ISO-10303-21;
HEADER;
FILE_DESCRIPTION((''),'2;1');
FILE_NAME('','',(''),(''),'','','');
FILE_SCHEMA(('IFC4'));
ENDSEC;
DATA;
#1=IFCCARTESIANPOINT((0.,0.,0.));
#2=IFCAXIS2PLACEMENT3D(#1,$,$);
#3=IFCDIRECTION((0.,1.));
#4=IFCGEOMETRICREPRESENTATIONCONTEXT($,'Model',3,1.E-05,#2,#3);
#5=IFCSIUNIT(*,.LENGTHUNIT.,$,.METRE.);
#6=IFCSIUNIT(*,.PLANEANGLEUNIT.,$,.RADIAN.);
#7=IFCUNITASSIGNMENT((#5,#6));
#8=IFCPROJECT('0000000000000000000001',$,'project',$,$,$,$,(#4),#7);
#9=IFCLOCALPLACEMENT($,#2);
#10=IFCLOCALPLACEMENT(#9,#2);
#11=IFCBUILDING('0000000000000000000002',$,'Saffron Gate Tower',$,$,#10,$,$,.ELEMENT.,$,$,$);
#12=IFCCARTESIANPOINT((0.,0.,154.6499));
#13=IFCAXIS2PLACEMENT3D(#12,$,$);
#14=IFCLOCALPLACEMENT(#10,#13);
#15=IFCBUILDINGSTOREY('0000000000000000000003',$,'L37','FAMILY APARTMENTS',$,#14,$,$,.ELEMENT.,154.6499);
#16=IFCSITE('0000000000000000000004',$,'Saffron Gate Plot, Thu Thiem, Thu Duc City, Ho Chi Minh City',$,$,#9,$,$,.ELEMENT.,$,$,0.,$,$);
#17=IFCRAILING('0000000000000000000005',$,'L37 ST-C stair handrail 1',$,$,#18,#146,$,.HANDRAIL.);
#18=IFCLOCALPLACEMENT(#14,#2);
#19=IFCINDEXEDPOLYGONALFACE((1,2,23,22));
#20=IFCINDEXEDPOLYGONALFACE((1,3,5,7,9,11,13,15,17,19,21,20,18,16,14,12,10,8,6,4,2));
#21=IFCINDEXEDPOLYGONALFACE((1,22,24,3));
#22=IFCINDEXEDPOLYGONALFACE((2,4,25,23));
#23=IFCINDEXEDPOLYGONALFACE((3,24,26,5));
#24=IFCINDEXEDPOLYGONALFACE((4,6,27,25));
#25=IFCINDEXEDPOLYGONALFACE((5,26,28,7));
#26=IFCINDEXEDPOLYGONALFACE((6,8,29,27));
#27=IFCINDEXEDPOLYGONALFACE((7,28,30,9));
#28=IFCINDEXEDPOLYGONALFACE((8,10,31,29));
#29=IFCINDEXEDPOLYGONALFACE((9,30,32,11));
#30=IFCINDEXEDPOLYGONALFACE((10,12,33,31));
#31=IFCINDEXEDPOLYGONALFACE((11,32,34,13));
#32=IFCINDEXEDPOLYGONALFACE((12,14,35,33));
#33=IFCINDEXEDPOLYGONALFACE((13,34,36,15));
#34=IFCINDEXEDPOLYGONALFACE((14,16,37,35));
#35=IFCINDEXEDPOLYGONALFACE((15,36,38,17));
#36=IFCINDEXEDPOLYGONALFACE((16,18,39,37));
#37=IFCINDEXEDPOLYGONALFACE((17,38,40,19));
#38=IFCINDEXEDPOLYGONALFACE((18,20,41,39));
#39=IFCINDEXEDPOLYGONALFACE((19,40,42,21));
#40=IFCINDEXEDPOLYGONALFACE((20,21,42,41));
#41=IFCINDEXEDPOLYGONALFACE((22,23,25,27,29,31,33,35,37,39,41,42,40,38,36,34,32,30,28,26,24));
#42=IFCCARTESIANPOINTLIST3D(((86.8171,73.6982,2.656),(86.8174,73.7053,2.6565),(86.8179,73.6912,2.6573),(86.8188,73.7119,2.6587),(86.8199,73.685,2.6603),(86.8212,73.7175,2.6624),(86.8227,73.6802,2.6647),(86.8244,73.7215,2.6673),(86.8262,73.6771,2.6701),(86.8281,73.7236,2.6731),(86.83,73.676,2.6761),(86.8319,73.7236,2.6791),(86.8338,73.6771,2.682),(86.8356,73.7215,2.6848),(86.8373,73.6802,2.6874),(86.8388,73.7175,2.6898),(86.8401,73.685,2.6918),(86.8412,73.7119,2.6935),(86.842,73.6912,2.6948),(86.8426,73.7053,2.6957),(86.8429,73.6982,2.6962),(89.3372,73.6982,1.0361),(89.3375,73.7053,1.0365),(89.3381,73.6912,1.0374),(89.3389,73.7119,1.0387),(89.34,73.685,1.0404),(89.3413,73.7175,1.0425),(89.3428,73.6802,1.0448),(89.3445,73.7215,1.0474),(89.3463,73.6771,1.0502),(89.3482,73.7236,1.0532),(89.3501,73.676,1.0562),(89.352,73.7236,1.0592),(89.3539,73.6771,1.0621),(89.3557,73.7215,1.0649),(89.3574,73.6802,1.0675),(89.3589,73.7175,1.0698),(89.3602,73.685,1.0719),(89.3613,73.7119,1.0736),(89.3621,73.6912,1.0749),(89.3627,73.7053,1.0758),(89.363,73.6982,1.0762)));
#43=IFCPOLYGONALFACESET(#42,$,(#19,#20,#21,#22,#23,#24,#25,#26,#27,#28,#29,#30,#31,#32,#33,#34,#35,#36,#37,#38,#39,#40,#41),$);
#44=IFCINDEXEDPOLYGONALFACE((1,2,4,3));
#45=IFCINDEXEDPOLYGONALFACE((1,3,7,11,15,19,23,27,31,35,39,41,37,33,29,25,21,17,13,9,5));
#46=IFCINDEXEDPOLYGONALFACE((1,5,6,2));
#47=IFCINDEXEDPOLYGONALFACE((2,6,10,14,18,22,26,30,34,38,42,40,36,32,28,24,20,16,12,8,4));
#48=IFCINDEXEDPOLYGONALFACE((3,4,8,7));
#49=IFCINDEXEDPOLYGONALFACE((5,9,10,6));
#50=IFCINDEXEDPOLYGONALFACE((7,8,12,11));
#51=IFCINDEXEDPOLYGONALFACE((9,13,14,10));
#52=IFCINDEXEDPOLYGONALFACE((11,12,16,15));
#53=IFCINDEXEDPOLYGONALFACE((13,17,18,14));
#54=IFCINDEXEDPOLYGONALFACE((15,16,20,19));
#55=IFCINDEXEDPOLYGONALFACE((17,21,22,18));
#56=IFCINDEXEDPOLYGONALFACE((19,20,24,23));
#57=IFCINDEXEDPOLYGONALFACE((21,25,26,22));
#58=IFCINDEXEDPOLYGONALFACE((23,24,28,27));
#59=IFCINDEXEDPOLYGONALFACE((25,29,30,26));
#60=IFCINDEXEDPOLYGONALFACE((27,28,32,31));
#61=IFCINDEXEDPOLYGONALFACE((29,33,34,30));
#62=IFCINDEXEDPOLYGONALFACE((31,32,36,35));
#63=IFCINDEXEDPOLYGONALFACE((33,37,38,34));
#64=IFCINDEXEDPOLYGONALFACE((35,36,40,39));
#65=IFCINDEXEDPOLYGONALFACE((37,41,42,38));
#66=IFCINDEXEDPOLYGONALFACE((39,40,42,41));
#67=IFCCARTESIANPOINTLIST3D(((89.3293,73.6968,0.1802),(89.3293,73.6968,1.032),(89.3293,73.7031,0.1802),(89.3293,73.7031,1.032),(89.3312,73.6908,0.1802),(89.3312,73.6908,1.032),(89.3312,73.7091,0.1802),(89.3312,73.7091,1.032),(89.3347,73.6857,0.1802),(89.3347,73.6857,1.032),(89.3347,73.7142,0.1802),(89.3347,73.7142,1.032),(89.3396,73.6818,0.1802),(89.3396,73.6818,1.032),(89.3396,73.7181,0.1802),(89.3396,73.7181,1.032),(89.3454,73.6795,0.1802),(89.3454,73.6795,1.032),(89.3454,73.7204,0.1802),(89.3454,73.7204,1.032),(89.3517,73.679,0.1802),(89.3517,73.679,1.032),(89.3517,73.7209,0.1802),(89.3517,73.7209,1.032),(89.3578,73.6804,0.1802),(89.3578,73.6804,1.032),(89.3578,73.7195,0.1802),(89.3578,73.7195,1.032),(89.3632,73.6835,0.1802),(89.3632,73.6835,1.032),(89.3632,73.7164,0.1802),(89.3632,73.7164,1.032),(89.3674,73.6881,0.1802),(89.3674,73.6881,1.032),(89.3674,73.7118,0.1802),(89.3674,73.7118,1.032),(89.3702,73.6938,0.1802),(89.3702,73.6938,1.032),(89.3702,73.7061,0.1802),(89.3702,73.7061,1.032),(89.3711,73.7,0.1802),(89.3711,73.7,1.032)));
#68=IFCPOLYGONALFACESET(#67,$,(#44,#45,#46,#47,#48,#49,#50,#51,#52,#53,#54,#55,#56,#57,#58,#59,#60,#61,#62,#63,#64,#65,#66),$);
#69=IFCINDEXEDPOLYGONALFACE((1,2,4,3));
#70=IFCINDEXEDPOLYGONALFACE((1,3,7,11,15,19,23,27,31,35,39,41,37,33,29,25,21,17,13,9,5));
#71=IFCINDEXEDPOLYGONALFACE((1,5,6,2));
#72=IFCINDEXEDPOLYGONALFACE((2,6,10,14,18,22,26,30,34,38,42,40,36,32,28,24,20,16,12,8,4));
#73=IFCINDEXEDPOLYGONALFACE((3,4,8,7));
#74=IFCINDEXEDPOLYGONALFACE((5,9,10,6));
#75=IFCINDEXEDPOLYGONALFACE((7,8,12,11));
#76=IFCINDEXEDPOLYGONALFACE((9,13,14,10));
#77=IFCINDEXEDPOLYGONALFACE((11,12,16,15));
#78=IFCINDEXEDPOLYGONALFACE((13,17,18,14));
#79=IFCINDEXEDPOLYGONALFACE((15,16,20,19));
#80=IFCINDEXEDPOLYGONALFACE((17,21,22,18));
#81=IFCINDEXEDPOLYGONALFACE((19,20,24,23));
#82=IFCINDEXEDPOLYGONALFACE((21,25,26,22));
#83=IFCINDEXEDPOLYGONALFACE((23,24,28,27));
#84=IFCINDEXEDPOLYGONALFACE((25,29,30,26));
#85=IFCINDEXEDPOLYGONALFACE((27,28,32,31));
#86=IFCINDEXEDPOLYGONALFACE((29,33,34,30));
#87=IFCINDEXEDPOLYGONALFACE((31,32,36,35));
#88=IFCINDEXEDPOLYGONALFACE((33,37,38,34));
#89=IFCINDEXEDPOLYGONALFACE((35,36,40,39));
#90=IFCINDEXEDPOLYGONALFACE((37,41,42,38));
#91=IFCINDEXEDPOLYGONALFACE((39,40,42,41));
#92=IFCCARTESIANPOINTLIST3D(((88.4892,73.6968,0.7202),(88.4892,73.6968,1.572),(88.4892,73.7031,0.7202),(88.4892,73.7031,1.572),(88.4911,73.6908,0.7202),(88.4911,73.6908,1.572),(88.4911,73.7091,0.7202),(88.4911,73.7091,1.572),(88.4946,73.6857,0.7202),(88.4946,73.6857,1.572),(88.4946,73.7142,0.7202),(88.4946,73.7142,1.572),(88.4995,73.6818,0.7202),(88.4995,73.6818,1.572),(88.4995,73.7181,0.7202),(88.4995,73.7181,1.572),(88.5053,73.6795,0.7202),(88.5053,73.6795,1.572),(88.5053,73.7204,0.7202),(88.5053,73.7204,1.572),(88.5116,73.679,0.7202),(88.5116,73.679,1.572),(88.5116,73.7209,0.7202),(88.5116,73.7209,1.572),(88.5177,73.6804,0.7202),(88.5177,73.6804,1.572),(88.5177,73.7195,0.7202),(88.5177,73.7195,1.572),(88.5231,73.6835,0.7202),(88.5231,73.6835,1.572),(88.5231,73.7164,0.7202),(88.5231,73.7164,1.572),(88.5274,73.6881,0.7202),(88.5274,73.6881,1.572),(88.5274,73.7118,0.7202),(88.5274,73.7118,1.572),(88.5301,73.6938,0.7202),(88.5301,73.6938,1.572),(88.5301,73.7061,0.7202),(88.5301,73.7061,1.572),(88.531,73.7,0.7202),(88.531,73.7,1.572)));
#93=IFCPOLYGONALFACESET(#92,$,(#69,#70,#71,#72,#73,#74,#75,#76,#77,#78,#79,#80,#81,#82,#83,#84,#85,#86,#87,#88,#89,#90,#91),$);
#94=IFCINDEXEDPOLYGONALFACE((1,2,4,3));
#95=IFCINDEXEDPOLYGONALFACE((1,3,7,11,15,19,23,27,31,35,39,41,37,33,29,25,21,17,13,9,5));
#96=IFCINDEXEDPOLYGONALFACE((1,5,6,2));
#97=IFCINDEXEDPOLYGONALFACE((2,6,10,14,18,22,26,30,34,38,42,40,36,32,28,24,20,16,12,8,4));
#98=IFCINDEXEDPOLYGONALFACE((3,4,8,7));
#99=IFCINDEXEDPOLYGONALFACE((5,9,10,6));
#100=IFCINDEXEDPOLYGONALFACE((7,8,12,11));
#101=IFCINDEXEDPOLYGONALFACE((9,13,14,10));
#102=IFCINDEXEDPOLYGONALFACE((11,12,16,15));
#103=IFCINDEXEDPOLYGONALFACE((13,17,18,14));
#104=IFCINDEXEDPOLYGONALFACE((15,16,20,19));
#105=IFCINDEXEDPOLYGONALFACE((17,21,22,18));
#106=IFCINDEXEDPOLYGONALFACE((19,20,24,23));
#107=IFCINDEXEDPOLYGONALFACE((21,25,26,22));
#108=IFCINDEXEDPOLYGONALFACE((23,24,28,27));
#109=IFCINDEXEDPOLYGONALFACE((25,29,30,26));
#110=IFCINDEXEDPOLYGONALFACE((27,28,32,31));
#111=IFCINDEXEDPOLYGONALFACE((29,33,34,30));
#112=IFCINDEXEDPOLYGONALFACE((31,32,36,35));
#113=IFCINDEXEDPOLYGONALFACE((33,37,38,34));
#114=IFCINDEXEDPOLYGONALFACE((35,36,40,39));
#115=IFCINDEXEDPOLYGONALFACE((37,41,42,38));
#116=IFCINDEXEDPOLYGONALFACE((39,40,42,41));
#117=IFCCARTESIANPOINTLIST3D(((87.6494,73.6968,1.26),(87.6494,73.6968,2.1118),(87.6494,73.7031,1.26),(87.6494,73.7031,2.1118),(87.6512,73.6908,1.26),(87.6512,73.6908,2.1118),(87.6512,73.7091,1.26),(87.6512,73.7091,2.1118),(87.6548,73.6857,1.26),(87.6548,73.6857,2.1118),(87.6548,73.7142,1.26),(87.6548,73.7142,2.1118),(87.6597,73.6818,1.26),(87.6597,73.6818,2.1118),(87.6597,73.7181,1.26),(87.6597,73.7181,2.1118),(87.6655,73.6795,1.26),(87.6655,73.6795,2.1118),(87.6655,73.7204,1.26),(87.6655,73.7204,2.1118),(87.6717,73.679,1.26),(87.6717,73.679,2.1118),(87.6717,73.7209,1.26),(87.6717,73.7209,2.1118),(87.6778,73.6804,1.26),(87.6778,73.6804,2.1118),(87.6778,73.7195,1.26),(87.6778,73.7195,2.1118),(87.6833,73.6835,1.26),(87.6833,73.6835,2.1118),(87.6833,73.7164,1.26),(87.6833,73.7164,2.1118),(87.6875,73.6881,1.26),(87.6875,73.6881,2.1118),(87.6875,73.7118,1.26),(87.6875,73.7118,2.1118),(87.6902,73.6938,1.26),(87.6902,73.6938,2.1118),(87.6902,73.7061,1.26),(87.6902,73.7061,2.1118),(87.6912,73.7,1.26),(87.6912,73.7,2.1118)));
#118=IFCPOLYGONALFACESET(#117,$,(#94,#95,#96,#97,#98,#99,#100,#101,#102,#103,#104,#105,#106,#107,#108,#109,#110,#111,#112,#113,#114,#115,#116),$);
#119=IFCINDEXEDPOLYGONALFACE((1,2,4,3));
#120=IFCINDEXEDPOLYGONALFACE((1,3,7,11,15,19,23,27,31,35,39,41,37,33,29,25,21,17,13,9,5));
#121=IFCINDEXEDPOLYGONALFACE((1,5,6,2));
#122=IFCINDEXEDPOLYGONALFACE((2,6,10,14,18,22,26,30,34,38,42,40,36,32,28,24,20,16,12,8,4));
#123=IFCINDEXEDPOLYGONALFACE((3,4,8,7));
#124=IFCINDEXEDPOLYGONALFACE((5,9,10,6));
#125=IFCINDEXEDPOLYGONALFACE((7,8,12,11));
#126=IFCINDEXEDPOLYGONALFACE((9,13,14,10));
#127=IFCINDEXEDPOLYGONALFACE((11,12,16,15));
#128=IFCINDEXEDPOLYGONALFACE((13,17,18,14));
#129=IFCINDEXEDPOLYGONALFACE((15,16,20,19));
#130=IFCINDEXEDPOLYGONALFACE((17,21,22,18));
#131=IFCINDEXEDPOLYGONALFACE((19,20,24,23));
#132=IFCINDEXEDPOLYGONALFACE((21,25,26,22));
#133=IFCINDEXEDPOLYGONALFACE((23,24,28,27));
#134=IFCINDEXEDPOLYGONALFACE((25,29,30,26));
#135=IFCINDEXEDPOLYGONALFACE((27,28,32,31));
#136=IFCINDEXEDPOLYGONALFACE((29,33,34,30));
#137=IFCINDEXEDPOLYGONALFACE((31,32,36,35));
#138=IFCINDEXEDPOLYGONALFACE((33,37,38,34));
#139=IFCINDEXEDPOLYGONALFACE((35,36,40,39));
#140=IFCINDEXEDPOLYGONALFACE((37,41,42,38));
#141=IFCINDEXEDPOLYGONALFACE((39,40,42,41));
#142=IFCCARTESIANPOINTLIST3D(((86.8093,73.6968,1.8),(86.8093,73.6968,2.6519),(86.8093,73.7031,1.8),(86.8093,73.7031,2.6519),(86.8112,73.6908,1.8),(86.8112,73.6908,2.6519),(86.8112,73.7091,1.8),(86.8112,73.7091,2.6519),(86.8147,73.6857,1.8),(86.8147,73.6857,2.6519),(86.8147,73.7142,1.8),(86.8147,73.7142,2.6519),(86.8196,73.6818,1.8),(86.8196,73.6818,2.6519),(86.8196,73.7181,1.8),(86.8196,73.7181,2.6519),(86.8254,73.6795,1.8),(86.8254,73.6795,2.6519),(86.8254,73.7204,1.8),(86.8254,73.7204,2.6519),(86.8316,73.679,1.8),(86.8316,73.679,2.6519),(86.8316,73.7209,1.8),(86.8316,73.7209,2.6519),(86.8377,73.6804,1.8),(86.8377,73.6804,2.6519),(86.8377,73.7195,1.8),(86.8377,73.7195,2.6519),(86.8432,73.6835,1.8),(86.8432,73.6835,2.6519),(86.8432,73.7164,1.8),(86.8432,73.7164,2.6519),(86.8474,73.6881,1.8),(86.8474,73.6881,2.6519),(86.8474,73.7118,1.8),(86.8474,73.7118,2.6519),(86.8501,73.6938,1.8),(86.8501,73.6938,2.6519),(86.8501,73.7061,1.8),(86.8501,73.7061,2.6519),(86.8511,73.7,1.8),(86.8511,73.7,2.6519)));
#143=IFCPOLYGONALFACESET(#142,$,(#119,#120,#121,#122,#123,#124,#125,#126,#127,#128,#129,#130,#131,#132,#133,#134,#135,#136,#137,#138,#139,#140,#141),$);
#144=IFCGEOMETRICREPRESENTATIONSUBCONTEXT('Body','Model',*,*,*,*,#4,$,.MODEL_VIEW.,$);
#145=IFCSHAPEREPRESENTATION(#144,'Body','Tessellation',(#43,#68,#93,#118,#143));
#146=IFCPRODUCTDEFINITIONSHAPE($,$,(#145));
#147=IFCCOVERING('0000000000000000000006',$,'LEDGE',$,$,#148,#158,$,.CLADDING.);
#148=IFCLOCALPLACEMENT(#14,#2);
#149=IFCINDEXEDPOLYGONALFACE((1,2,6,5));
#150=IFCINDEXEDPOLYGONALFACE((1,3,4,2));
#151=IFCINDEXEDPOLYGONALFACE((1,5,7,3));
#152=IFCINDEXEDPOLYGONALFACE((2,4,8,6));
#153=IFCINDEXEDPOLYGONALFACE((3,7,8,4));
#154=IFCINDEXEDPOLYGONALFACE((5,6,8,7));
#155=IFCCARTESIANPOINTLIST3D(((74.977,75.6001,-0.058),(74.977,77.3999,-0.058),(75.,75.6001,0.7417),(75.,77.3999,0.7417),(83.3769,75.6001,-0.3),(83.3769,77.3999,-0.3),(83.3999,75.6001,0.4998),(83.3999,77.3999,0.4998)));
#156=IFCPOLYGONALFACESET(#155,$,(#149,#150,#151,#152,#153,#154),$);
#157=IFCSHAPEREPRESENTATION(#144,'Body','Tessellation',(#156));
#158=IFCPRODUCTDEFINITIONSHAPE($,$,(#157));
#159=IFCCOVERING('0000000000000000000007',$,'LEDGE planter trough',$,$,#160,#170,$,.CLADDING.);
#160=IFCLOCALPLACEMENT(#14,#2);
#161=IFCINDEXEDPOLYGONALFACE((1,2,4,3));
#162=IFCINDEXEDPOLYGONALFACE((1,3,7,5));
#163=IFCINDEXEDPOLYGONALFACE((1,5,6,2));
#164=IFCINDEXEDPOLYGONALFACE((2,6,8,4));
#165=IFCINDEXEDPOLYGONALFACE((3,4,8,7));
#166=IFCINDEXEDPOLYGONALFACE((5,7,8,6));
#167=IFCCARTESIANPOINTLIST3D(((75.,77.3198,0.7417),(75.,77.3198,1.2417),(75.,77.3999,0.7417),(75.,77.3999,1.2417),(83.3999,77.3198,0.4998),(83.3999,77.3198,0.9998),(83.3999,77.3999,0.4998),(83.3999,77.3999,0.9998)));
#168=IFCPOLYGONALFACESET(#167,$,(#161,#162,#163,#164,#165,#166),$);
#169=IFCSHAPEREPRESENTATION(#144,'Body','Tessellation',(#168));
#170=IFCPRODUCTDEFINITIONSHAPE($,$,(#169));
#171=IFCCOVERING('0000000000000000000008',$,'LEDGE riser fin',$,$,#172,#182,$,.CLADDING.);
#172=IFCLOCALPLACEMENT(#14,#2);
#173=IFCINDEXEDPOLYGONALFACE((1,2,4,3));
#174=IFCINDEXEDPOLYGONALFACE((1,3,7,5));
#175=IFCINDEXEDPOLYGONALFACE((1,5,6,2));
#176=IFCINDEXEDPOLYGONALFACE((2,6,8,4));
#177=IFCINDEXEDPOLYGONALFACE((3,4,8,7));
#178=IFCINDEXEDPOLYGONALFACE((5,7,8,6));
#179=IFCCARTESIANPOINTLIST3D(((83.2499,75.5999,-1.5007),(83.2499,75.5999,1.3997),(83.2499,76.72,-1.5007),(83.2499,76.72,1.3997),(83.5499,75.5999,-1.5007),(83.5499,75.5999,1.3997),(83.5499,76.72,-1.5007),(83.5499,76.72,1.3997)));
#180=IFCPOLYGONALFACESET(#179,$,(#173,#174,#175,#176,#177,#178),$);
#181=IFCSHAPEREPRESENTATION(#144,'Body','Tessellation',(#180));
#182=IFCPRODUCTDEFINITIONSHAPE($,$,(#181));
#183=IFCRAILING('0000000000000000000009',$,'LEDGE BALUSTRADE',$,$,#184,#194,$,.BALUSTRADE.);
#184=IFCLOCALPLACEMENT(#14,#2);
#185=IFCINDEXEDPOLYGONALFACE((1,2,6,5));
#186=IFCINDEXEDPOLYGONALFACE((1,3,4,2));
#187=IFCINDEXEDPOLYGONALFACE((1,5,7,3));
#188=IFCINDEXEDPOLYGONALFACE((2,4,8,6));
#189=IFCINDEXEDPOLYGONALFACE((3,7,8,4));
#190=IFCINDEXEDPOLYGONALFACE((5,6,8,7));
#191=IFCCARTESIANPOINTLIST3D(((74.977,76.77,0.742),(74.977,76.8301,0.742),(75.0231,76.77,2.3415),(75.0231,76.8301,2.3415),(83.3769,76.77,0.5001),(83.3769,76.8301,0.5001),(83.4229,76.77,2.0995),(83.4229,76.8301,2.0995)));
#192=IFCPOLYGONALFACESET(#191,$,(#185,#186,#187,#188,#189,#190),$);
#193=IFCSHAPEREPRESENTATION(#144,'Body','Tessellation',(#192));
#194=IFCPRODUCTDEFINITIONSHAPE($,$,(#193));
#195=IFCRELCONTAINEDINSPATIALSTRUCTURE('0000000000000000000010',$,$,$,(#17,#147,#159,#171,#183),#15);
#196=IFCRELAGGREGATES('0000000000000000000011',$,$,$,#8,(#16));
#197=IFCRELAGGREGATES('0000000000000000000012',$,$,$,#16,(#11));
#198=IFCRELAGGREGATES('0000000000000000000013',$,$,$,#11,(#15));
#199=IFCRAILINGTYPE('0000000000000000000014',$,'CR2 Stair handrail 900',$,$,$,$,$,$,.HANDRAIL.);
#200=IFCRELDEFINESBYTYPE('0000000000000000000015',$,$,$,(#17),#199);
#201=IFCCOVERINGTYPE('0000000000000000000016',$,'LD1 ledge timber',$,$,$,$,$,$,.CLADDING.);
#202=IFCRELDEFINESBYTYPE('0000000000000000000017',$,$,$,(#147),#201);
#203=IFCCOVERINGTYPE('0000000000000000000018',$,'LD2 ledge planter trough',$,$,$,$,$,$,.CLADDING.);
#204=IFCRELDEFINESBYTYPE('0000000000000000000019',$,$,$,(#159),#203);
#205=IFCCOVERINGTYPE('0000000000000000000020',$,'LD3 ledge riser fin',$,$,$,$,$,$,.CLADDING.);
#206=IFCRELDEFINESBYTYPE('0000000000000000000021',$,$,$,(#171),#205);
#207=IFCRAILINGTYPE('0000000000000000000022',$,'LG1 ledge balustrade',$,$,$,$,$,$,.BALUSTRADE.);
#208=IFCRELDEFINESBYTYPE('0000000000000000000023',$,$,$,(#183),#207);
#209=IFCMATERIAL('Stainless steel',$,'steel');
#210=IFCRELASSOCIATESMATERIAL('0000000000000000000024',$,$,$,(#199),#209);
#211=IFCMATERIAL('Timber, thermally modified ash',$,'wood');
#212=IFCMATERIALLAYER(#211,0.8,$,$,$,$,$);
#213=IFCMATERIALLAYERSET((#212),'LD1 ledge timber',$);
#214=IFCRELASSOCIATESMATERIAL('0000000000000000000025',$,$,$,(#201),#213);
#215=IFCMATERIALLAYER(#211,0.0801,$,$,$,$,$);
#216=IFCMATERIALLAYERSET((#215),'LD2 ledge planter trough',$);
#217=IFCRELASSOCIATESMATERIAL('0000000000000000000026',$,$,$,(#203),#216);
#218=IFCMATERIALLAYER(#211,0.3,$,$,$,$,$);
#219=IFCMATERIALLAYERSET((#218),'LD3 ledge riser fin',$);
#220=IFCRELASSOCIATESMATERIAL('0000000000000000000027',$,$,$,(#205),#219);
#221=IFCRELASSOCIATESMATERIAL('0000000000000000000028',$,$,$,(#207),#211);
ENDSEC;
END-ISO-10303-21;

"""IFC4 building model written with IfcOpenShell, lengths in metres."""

from ifc_helpers import new_model, si_unit, direction, frame, origin, origin_2d, place, context, subcontext, project, spatial, polyline, rectangle, circle, outline, extrude, material, layer, layer_set, type_object, element, save


model = new_model("IFC4")

# Units and contexts
model_context = context("Model", 3, precision=1e-05, world=origin(), true_north=direction((0.0, 1.0)))
body_context = subcontext(model_context, "Body", "Model", "MODEL_VIEW")
ifc_project = project(units=[si_unit("LENGTHUNIT", "METRE"), si_unit("PLANEANGLEUNIT", "RADIAN")], contexts=[model_context])

# Site, building, storey
site_placement = place(None, origin())
site = spatial("IfcSite", under=ifc_project, at=site_placement, Name="Saffron Gate Plot, Thu Thiem, Thu Duc City, Ho Chi Minh City", CompositionType="ELEMENT", RefElevation=0.0)
building_placement = place(site_placement, origin())
building = spatial("IfcBuilding", under=site, at=building_placement, Name="Saffron Gate Tower", CompositionType="ELEMENT")
storey_placement = place(building_placement, frame((0.0, 0.0, 154.6499)))
storey = spatial("IfcBuildingStorey", under=building, at=storey_placement, Name="L37", Description="FAMILY APARTMENTS", CompositionType="ELEMENT", Elevation=154.6499)

# Railing
ifc_material_1 = material(Name="Stainless steel", Category="steel")
railing_type_1 = type_object("IfcRailingType", Name="CR2 Stair handrail 900", PredefinedType="HANDRAIL", material=ifc_material_1)
railing_1_placement = place(storey_placement, frame((89.3501, 73.7, 0.1802)))
element("IfcRailing", 1, at=railing_1_placement, inside=storey, type_object=railing_type_1, Name="L37 ST-C stair handrail 1", PredefinedType="HANDRAIL", context=body_context, shape_type="SweptSolid", body=[
    extrude(circle(Radius=0.0239, at=origin_2d()), frame((0.0, 0.0, 0.876), z_axis=(-0.8412, 0.0, 0.540725), x_axis=(0.0, -1.0, 0.0)), (0.0, 0.0, 1.0), 2.9958),
    extrude(circle(Radius=0.021, at=origin_2d()), origin(), (0.0, 0.0, 1.0), 0.8518),
    extrude(circle(Radius=0.021, at=origin_2d()), frame((-0.8401, 0.0, 0.54)), (0.0, 0.0, 1.0), 0.8518),
    extrude(circle(Radius=0.021, at=origin_2d()), frame((-1.6799, 0.0, 1.0798)), (0.0, 0.0, 1.0), 0.8518),
    extrude(circle(Radius=0.021, at=origin_2d()), frame((-2.52, 0.0, 1.6199)), (0.0, 0.0, 1.0), 0.8518),
])

# Coverings
ifc_material_2 = material(Name="Timber, thermally modified ash", Category="wood")
ifc_layer_1 = layer(ifc_material_2, 0.8)
ifc_layer_set_1 = layer_set([ifc_layer_1], Name="LD1 ledge timber")
covering_type_1 = type_object("IfcCoveringType", Name="LD1 ledge timber", PredefinedType="CLADDING", material=ifc_layer_set_1)
covering_1_placement = place(storey_placement, frame((83.3999, 75.6001, 0.4998), z_axis=(0.028791, 0.0, 0.999585), x_axis=(-0.999585, 0.0, 0.028791)))
element("IfcCovering", 2, at=covering_1_placement, inside=storey, type_object=covering_type_1, Name="LEDGE", PredefinedType="CLADDING", context=body_context, shape_type="SweptSolid", body=[
    extrude(outline(polyline([(0.0, 0.0), (8.4034, 0.0), (8.4034, -1.7998), (0.0, -1.7998), (0.0, 0.0)])), origin(), (0.0, 0.0, -1.0), 0.8),
])
ifc_layer_2 = layer(ifc_material_2, 0.0801)
ifc_layer_set_2 = layer_set([ifc_layer_2], Name="LD2 ledge planter trough")
covering_type_2 = type_object("IfcCoveringType", Name="LD2 ledge planter trough", PredefinedType="CLADDING", material=ifc_layer_set_2)
covering_2_placement = place(storey_placement, frame((83.3999, 77.3999, 0.4998), z_axis=(0.0, 1.0, 0.0), x_axis=(-0.999585, 0.0, 0.028791)))
element("IfcCovering", 3, at=covering_2_placement, inside=storey, type_object=covering_type_2, Name="LEDGE planter trough", PredefinedType="CLADDING", context=body_context, shape_type="SweptSolid", body=[
    extrude(outline(polyline([(0.0, 0.0), (8.4034, 0.0), (8.4178, 0.4998), (0.0144, 0.4998), (0.0, 0.0)])), origin(), (0.0, 0.0, -1.0), 0.0801),
])
ifc_layer_3 = layer(ifc_material_2, 0.3)
ifc_layer_set_3 = layer_set([ifc_layer_3], Name="LD3 ledge riser fin")
covering_type_3 = type_object("IfcCoveringType", Name="LD3 ledge riser fin", PredefinedType="CLADDING", material=ifc_layer_set_3)
covering_3_placement = place(storey_placement, frame((83.3999, 76.1599, -1.5007), z_axis=(0.0, 0.0, 1.0), x_axis=(-1.0, 0.0, 0.0)))
element("IfcCovering", 4, at=covering_3_placement, inside=storey, type_object=covering_type_3, Name="LEDGE riser fin", PredefinedType="CLADDING", context=body_context, shape_type="SweptSolid", body=[
    extrude(rectangle(XDim=0.3, YDim=1.1201, at=origin_2d()), origin(), (0.0, 0.0, 1.0), 2.9004),
])

# Railing
railing_type_2 = type_object("IfcRailingType", Name="LG1 ledge balustrade", PredefinedType="BALUSTRADE", material=ifc_material_2)
railing_2_placement = place(storey_placement, frame((83.3999, 76.8, 0.4998)))
element("IfcRailing", 5, at=railing_2_placement, inside=storey, type_object=railing_type_2, Name="LEDGE BALUSTRADE", PredefinedType="BALUSTRADE", context=body_context, shape_type="SweptSolid", body=[
    extrude(rectangle(XDim=0.0601, YDim=1.6001, at=origin_2d()), frame((0.0, 0.0, 0.8), z_axis=(-0.999585, 0.0, 0.028791), x_axis=(0.0, -1.0, 0.0)), (0.0, 0.0, 1.0), 8.4033),
])

save(model, "model.ifc")
